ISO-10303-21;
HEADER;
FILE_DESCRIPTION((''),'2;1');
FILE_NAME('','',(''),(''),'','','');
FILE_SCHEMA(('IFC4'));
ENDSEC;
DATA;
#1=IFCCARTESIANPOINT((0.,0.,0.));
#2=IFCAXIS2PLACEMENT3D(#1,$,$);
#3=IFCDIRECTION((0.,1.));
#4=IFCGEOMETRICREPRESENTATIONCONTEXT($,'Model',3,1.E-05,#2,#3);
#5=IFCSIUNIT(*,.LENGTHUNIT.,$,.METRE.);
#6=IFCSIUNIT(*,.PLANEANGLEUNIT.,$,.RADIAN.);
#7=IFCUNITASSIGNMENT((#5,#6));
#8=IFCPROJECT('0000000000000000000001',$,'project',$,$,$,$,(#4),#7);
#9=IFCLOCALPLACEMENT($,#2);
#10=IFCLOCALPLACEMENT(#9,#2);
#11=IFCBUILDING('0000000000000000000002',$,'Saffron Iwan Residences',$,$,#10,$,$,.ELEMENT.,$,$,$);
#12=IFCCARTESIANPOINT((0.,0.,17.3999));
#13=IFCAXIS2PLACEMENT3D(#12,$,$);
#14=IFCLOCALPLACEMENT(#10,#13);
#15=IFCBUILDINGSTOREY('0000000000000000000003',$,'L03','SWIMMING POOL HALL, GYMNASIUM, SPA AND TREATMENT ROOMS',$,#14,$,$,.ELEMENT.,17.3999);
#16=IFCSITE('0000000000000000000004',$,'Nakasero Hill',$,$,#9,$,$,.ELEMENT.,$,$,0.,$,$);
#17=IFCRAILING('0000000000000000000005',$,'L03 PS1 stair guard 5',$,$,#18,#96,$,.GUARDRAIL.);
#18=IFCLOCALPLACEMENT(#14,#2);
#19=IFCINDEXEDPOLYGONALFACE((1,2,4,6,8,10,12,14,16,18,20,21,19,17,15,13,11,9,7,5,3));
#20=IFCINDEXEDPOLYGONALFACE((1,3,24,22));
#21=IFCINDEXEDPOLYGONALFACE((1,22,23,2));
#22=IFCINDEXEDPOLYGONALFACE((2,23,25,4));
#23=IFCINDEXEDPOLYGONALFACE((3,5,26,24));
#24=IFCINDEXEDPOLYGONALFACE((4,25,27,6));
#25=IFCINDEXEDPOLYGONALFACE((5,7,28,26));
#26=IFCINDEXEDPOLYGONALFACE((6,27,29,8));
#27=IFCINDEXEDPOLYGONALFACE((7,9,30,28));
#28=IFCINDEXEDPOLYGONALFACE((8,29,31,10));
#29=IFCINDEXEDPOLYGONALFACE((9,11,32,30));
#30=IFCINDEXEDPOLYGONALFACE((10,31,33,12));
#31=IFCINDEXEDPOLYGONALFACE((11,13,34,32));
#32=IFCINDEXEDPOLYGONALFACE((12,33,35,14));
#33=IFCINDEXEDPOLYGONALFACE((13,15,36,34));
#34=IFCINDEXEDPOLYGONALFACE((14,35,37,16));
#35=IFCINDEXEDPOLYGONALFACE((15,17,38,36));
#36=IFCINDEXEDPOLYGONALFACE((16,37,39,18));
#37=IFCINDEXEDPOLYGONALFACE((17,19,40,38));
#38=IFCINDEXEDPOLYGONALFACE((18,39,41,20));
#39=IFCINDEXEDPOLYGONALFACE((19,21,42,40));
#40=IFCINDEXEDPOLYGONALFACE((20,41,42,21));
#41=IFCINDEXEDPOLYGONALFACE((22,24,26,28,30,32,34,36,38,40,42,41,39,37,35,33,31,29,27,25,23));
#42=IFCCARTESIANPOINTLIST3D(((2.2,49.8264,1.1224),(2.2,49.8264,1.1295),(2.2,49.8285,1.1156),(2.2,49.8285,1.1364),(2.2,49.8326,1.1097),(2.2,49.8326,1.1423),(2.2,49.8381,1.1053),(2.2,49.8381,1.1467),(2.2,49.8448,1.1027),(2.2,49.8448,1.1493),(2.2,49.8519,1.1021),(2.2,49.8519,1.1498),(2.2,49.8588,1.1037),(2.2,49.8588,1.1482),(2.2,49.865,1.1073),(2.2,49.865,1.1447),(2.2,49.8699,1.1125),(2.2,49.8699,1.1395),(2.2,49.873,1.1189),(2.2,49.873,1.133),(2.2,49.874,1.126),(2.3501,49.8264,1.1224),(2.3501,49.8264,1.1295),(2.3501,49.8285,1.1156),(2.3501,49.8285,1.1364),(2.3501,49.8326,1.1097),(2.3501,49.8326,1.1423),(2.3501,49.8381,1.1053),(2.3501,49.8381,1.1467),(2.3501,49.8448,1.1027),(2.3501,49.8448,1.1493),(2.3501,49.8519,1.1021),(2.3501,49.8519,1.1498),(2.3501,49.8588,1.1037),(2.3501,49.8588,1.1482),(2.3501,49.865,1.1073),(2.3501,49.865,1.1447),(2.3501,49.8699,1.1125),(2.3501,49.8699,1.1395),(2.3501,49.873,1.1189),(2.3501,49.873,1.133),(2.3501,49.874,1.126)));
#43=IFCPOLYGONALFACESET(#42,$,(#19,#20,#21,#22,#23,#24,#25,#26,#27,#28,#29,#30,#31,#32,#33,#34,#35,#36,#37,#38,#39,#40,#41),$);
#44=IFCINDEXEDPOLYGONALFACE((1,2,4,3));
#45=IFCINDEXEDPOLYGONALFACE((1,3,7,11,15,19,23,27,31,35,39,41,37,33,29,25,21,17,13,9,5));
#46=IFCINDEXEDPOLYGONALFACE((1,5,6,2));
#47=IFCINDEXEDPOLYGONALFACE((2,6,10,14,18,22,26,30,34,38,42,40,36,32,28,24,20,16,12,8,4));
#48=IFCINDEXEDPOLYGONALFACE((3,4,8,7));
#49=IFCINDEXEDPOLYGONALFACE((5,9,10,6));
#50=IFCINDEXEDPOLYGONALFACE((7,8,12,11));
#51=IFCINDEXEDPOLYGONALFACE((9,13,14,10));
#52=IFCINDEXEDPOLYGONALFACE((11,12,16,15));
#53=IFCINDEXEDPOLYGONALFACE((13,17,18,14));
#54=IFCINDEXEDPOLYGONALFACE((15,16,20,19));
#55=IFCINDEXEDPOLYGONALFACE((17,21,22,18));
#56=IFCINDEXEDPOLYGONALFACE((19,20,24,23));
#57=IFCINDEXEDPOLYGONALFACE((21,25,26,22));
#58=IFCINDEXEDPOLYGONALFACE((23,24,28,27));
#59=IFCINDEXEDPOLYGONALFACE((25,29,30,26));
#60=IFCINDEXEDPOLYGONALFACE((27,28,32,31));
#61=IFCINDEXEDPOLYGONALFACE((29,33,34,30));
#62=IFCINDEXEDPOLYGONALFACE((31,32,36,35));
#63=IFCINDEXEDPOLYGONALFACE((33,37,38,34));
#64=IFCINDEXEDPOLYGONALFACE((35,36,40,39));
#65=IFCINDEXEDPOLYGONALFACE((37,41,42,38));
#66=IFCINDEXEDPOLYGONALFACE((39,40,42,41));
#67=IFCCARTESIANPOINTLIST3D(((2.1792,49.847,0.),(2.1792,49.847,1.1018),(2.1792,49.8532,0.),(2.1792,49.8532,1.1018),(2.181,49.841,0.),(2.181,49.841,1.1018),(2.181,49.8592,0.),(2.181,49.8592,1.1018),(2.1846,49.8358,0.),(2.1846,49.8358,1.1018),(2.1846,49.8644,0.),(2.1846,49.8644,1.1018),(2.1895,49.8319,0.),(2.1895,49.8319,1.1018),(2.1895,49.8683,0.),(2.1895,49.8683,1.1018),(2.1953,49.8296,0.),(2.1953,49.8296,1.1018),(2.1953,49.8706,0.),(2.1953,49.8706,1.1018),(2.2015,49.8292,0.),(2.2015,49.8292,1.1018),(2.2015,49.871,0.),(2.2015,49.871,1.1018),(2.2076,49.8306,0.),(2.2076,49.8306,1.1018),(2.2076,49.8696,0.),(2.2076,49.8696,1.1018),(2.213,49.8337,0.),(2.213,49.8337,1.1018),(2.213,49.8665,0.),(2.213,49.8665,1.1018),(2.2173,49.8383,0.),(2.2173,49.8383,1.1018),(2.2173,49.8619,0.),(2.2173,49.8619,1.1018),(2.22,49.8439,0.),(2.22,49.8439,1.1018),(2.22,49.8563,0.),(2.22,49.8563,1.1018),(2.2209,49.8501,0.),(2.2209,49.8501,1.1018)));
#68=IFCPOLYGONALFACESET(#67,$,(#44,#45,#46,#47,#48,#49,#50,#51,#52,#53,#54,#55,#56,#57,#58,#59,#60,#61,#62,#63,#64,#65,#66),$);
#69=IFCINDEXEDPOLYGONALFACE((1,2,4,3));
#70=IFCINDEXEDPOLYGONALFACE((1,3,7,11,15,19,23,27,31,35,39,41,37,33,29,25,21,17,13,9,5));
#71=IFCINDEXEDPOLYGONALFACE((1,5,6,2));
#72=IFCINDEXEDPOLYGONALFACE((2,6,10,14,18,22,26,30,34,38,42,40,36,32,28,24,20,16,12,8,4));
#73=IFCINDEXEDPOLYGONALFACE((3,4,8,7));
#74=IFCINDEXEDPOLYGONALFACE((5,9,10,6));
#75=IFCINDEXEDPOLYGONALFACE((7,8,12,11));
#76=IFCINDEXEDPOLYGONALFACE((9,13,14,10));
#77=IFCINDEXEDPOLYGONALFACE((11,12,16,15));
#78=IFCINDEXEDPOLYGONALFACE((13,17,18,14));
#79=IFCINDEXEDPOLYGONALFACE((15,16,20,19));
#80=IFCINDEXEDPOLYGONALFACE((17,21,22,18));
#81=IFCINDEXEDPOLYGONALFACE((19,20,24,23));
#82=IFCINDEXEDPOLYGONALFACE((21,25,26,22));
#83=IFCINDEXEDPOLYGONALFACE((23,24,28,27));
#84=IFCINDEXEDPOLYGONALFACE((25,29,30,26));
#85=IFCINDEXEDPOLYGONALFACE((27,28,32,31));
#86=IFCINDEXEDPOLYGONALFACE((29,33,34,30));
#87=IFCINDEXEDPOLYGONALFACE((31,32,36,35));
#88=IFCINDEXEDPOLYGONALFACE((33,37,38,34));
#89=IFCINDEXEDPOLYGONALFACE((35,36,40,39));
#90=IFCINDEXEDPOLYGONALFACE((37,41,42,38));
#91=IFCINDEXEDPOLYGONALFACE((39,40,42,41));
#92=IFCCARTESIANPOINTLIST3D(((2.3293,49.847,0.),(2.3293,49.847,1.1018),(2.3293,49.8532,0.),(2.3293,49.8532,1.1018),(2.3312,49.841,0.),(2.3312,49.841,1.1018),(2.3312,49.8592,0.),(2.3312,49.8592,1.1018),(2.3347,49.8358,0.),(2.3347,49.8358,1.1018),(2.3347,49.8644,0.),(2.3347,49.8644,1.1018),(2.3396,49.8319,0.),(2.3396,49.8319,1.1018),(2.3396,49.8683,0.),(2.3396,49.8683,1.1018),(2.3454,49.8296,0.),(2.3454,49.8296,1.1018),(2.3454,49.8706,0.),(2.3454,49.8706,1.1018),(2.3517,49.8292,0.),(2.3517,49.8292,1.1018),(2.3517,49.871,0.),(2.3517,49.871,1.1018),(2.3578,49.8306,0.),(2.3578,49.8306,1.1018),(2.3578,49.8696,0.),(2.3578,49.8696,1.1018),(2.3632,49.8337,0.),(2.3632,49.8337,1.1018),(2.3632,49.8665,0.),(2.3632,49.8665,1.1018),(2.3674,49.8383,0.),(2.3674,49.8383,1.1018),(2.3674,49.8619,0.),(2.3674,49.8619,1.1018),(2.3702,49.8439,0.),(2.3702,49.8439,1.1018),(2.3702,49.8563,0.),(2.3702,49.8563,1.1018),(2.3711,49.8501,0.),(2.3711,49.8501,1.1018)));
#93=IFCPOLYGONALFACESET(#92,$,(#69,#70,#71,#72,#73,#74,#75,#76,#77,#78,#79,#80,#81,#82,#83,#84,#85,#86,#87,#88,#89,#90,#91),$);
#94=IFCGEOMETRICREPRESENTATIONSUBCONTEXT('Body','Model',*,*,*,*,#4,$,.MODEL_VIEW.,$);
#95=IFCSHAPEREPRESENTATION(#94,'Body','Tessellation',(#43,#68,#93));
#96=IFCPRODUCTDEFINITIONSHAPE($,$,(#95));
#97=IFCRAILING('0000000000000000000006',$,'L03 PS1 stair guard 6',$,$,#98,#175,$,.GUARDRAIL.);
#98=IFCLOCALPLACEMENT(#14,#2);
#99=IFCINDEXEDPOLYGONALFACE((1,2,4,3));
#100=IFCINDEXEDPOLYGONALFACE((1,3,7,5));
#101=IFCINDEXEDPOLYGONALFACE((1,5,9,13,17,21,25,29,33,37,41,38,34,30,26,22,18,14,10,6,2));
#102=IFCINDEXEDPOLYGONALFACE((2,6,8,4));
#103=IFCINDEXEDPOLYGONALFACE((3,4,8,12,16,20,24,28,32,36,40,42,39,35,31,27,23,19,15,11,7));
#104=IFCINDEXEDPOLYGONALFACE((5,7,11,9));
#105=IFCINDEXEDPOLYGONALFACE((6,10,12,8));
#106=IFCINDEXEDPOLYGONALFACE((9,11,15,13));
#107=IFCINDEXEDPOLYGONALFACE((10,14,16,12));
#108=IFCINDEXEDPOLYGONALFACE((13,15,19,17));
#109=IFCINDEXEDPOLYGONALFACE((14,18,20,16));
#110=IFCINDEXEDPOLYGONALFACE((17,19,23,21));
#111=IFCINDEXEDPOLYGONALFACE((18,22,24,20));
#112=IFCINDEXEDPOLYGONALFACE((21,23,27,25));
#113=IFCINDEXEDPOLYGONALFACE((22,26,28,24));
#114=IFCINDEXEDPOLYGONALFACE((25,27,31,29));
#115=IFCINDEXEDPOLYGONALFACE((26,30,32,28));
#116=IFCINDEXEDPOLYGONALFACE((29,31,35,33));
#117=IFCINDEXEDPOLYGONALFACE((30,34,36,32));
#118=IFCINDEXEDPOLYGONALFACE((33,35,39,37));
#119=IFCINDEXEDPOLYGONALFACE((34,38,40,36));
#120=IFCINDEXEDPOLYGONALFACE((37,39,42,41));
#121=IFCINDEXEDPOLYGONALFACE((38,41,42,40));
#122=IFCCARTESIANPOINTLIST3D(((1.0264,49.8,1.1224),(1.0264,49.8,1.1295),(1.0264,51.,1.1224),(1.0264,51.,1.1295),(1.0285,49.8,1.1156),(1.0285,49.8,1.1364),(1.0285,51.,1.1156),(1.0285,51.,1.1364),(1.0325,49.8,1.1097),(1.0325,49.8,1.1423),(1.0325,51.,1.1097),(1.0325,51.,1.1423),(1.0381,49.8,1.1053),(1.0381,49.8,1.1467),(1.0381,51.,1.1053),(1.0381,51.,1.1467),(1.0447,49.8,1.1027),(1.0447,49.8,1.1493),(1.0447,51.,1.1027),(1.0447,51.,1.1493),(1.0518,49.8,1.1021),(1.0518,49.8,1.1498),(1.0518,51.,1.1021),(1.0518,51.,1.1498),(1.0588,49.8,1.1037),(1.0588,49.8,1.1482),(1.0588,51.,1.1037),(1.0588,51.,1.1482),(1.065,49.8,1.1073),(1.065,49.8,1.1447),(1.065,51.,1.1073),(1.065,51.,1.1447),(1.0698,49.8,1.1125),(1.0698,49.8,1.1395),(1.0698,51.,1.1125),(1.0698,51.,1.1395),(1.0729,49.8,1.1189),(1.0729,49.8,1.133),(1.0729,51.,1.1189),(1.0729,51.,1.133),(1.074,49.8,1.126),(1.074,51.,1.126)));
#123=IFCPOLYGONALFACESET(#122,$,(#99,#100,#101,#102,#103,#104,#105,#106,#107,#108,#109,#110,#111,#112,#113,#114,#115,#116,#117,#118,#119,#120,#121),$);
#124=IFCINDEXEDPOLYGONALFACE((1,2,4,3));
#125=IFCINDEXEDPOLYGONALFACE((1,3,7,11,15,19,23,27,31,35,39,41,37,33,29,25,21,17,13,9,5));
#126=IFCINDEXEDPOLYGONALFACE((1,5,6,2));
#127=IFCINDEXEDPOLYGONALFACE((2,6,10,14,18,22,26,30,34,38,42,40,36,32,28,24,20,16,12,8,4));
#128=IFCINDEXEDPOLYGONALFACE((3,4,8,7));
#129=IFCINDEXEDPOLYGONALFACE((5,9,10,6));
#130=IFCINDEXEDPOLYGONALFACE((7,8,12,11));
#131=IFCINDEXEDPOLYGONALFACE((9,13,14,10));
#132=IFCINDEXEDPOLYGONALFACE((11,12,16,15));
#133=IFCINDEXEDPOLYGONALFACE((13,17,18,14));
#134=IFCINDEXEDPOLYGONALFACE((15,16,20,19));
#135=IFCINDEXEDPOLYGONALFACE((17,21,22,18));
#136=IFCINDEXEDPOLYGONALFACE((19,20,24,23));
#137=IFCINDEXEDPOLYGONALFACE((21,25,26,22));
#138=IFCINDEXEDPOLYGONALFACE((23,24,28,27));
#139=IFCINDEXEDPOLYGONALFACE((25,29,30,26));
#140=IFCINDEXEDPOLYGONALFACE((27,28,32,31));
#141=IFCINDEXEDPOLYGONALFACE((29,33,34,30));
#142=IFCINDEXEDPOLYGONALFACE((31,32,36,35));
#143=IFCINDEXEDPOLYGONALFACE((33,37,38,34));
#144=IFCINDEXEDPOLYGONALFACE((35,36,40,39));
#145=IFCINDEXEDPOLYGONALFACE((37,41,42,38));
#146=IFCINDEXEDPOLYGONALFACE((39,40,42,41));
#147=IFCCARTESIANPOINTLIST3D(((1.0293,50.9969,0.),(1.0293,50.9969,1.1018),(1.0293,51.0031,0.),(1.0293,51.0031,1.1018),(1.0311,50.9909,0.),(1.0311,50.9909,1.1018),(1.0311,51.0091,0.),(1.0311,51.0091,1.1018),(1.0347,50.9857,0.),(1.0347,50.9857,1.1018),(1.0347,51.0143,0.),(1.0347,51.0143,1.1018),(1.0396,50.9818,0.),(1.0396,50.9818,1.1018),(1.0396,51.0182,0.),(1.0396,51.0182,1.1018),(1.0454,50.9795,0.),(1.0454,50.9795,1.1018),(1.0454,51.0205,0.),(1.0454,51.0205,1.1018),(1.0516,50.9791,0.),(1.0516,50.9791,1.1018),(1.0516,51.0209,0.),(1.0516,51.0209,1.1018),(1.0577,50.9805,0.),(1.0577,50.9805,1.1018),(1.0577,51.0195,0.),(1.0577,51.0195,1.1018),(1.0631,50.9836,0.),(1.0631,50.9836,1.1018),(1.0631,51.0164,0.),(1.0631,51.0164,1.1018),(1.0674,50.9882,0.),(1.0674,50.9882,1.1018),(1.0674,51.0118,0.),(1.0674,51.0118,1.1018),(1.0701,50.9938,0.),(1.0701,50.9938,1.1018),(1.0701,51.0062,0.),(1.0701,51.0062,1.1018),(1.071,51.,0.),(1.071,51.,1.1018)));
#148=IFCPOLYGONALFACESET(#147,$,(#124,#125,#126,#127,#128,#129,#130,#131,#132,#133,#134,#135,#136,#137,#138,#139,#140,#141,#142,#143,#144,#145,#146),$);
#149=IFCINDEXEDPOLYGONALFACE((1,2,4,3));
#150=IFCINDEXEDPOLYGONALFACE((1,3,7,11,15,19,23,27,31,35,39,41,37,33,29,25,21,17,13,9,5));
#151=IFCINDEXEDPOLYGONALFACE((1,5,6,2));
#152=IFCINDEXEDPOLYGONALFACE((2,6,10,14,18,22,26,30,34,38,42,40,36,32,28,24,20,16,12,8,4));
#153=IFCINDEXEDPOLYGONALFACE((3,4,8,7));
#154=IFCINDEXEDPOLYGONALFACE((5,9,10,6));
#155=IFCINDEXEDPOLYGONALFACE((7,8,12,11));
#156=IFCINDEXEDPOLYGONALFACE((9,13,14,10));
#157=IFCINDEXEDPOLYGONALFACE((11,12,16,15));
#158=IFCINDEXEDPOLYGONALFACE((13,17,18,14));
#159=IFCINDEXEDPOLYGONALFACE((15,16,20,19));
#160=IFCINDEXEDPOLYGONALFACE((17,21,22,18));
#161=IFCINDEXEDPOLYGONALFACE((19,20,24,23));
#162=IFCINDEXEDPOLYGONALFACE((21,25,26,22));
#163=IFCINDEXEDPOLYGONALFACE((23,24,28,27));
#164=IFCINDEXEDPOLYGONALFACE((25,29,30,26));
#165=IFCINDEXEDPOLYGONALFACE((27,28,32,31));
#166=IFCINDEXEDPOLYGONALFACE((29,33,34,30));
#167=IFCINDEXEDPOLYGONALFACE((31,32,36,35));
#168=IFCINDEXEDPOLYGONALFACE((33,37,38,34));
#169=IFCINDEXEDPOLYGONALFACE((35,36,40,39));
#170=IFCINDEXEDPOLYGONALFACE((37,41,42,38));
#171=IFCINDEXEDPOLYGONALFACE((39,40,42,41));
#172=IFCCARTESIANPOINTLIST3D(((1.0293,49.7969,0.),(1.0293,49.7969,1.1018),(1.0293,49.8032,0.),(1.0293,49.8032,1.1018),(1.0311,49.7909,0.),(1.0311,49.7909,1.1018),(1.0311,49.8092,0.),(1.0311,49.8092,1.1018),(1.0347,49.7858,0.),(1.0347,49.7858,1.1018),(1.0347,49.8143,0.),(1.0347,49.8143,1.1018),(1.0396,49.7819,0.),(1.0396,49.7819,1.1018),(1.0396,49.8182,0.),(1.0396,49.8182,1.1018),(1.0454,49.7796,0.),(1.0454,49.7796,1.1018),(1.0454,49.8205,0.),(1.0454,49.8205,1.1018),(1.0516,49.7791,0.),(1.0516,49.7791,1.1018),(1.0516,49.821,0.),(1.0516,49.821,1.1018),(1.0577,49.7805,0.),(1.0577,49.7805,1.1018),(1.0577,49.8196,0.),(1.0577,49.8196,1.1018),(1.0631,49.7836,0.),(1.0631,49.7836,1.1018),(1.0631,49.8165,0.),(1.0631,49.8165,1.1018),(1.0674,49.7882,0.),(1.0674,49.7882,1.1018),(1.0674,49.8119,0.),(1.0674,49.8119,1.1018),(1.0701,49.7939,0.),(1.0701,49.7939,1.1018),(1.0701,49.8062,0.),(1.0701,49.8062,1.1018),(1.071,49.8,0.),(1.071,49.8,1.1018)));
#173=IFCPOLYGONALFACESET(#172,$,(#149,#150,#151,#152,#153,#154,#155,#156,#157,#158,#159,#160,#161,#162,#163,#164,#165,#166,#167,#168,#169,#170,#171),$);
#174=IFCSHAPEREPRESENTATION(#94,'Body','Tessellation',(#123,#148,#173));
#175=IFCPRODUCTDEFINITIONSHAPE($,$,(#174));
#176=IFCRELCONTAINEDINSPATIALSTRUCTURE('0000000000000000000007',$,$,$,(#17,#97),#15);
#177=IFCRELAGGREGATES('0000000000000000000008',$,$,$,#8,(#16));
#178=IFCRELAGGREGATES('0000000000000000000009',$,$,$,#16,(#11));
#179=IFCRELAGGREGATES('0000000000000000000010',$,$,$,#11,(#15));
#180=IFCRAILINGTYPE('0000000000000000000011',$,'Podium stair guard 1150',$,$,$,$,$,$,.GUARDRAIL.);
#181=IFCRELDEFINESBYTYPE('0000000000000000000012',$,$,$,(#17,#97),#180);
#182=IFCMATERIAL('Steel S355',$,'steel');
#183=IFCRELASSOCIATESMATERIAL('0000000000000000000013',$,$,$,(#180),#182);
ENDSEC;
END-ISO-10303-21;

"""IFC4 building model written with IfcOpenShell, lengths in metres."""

from ifc_helpers import new_model, si_unit, direction, frame, origin, origin_2d, place, context, subcontext, project, spatial, circle, extrude, material, type_object, element, save


model = new_model("IFC4")

# Units and contexts
model_context = context("Model", 3, precision=1e-05, world=origin(), true_north=direction((0.0, 1.0)))
body_context = subcontext(model_context, "Body", "Model", "MODEL_VIEW")
ifc_project = project(units=[si_unit("LENGTHUNIT", "METRE"), si_unit("PLANEANGLEUNIT", "RADIAN")], contexts=[model_context])

# Site, building, storey
site_placement = place(None, origin())
site = spatial("IfcSite", under=ifc_project, at=site_placement, Name="Nakasero Hill", CompositionType="ELEMENT", RefElevation=0.0)
building_placement = place(site_placement, origin())
building = spatial("IfcBuilding", under=site, at=building_placement, Name="Saffron Iwan Residences", CompositionType="ELEMENT")
storey_placement = place(building_placement, frame((0.0, 0.0, 17.3999)))
storey = spatial("IfcBuildingStorey", under=building, at=storey_placement, Name="L03", Description="SWIMMING POOL HALL, GYMNASIUM, SPA AND TREATMENT ROOMS", CompositionType="ELEMENT", Elevation=17.3999)

# Railings
ifc_material_1 = material(Name="Steel S355", Category="steel")
railing_type_1 = type_object("IfcRailingType", Name="Podium stair guard 1150", PredefinedType="GUARDRAIL", material=ifc_material_1)
railing_1_placement = place(storey_placement, frame((2.2, 49.8501, 0.0)))
element("IfcRailing", 1, at=railing_1_placement, inside=storey, type_object=railing_type_1, Name="L03 PS1 stair guard 5", PredefinedType="GUARDRAIL", context=body_context, shape_type="SweptSolid", body=[
    extrude(circle(Radius=0.0239, at=origin_2d()), frame((0.0, 0.0, 1.126), z_axis=(1.0, 0.0, 0.0), x_axis=(0.0, 1.0, 0.0)), (0.0, 0.0, 1.0), 0.1501),
    extrude(circle(Radius=0.021, at=origin_2d()), origin(), (0.0, 0.0, 1.0), 1.1018),
    extrude(circle(Radius=0.021, at=origin_2d()), frame((0.1501, 0.0, 0.0)), (0.0, 0.0, 1.0), 1.1018),
])
railing_2_placement = place(storey_placement, frame((1.05, 51.0, 0.0)))
element("IfcRailing", 2, at=railing_2_placement, inside=storey, type_object=railing_type_1, Name="L03 PS1 stair guard 6", PredefinedType="GUARDRAIL", context=body_context, shape_type="SweptSolid", body=[
    extrude(circle(Radius=0.0239, at=origin_2d()), frame((0.0, 0.0, 1.126), z_axis=(0.0, -1.0, 0.0), x_axis=(1.0, 0.0, 0.0)), (0.0, 0.0, 1.0), 1.2),
    extrude(circle(Radius=0.021, at=origin_2d()), origin(), (0.0, 0.0, 1.0), 1.1018),
    extrude(circle(Radius=0.021, at=origin_2d()), frame((0.0, -1.2, 0.0)), (0.0, 0.0, 1.0), 1.1018),
])

save(model, "model.ifc")
